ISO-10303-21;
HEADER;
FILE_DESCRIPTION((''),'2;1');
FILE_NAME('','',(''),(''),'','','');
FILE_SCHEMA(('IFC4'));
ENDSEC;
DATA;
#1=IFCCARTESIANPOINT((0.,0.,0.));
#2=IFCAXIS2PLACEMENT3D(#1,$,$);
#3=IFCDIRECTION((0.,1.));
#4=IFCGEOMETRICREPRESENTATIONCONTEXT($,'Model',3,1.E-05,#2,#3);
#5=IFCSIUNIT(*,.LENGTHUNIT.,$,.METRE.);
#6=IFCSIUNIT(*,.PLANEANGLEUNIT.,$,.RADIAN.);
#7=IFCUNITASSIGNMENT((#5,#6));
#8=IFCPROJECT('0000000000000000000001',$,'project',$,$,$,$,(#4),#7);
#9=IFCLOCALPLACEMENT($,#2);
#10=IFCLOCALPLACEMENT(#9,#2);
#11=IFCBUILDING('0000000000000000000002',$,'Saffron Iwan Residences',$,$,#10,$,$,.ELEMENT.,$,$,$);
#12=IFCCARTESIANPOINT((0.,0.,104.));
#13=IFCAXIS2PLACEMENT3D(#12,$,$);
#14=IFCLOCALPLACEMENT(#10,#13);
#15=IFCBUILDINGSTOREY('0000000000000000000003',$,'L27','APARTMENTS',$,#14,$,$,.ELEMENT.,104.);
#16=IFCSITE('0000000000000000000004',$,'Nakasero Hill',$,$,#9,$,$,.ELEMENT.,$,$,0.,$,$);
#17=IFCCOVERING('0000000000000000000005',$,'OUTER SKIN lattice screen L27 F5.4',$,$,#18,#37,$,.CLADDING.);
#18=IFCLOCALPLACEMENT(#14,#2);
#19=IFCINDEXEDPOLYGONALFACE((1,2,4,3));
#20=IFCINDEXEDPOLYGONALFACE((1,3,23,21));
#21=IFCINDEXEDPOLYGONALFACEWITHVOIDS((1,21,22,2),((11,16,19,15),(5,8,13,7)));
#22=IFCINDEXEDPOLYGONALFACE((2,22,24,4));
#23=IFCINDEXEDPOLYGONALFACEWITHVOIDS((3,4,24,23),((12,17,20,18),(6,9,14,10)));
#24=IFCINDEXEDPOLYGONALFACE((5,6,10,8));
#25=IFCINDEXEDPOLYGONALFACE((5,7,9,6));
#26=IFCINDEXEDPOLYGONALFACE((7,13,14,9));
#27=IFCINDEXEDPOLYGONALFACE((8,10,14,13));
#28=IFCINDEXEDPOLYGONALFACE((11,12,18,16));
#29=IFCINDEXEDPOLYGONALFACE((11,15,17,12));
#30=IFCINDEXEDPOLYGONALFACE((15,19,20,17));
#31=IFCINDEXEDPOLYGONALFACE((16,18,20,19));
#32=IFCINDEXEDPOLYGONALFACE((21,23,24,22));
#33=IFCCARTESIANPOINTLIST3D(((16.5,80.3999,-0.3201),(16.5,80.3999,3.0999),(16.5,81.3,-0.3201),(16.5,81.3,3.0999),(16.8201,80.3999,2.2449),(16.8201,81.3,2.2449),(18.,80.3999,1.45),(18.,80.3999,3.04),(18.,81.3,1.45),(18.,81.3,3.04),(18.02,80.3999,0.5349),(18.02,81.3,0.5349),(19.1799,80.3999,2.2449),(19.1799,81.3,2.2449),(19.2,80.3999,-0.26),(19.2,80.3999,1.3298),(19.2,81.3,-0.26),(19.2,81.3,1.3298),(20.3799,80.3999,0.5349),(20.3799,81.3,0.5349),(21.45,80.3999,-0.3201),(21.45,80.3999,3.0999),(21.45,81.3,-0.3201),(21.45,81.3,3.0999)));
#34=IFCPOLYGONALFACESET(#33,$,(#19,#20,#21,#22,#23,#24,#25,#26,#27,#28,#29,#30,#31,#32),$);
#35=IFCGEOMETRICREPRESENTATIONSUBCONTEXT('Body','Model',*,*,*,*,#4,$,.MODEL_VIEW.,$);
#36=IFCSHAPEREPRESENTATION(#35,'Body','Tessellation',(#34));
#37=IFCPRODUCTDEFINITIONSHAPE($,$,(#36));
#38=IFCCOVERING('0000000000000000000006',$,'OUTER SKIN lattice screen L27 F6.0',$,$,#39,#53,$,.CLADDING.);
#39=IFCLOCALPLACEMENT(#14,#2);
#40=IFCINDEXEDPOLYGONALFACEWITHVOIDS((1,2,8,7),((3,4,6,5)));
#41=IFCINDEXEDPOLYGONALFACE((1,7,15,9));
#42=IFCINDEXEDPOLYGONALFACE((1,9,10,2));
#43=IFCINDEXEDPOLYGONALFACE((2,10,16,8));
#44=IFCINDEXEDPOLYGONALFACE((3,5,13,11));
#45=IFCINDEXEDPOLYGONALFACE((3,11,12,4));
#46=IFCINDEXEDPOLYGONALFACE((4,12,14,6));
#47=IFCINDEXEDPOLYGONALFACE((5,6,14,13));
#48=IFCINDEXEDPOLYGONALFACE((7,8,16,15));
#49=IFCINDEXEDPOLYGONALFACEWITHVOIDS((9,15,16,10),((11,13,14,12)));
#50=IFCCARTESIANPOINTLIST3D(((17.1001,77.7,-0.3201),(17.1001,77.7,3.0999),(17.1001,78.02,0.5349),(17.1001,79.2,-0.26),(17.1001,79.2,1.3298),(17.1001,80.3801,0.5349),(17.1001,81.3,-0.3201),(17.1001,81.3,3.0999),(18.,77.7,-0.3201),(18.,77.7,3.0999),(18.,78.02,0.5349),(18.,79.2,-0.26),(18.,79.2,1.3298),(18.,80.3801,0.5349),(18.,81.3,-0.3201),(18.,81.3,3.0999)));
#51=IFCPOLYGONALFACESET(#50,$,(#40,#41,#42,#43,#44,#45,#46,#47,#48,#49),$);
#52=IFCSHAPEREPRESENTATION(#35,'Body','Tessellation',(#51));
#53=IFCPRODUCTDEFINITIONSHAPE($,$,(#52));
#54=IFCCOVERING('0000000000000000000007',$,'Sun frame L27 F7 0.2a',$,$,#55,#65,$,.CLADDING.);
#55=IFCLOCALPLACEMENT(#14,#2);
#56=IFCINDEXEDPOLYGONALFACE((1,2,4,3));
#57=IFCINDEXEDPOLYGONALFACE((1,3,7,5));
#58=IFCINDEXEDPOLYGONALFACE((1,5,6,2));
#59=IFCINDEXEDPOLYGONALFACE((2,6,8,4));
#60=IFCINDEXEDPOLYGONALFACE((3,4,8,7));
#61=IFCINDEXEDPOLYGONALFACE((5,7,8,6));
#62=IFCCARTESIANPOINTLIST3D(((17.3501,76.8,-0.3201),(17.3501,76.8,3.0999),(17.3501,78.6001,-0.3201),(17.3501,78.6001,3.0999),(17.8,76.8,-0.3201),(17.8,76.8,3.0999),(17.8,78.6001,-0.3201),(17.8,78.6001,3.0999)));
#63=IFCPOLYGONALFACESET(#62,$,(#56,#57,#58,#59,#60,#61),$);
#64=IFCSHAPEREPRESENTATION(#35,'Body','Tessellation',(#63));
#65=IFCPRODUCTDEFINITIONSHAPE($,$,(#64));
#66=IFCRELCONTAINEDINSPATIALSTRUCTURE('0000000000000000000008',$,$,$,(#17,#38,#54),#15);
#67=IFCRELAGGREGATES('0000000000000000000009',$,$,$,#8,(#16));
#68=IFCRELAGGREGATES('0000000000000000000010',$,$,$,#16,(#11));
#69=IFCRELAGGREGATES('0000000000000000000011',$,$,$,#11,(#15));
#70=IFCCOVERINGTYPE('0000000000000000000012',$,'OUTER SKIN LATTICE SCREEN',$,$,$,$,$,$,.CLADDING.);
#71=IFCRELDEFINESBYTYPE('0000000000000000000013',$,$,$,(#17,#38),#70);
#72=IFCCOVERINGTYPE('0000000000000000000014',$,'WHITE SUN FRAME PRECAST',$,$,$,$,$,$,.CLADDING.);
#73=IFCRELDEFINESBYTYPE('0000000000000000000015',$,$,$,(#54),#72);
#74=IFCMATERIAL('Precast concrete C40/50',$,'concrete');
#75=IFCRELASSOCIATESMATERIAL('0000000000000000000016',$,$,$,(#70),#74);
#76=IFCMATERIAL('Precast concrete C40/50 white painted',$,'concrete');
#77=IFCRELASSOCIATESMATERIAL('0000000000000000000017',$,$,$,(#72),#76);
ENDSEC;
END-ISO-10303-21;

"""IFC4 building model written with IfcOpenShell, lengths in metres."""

from ifc_helpers import new_model, si_unit, direction, frame, origin, place, context, subcontext, project, spatial, polyline, outline, extrude, material, type_object, element, save


model = new_model("IFC4")

# Units and contexts
model_context = context("Model", 3, precision=1e-05, world=origin(), true_north=direction((0.0, 1.0)))
body_context = subcontext(model_context, "Body", "Model", "MODEL_VIEW")
ifc_project = project(units=[si_unit("LENGTHUNIT", "METRE"), si_unit("PLANEANGLEUNIT", "RADIAN")], contexts=[model_context])

# Site, building, storey
site_placement = place(None, origin())
site = spatial("IfcSite", under=ifc_project, at=site_placement, Name="Nakasero Hill", CompositionType="ELEMENT", RefElevation=0.0)
building_placement = place(site_placement, origin())
building = spatial("IfcBuilding", under=site, at=building_placement, Name="Saffron Iwan Residences", CompositionType="ELEMENT")
storey_placement = place(building_placement, frame((0.0, 0.0, 104.0)))
storey = spatial("IfcBuildingStorey", under=building, at=storey_placement, Name="L27", Description="APARTMENTS", CompositionType="ELEMENT", Elevation=104.0)

# Coverings
ifc_material_1 = material(Name="Precast concrete C40/50", Category="concrete")
covering_type_1 = type_object("IfcCoveringType", Name="OUTER SKIN LATTICE SCREEN", PredefinedType="CLADDING", material=ifc_material_1)
covering_1_placement = place(storey_placement, frame((21.45, 80.3999, -0.3201), z_axis=(0.0, 1.0, 0.0), x_axis=(-1.0, 0.0, 0.0)))
element("IfcCovering", 1, at=covering_1_placement, inside=storey, type_object=covering_type_1, Name="OUTER SKIN lattice screen L27 F5.4", PredefinedType="CLADDING", context=body_context, shape_type="SweptSolid", body=[
    extrude(outline(polyline([(0.0, 0.0), (4.95, 0.0), (4.95, 3.4199), (0.0, 3.4199), (0.0, 0.0)]), holes=[polyline([(1.0701, 0.855), (2.25, 0.0601), (3.4299, 0.855), (2.25, 1.6499), (1.0701, 0.855)]), polyline([(2.27, 2.5649), (3.45, 1.77), (4.6299, 2.5649), (3.45, 3.3601), (2.27, 2.5649)])]), origin(), (0.0, 0.0, 1.0), 0.9001),
])
covering_2_placement = place(storey_placement, frame((18.0, 81.3, -0.3201), z_axis=(-1.0, 0.0, 0.0), x_axis=(0.0, -1.0, 0.0)))
element("IfcCovering", 2, at=covering_2_placement, inside=storey, type_object=covering_type_1, Name="OUTER SKIN lattice screen L27 F6.0", PredefinedType="CLADDING", context=body_context, shape_type="SweptSolid", body=[
    extrude(outline(polyline([(0.0, 0.0), (3.6001, 0.0), (3.6001, 3.4199), (0.0, 3.4199), (0.0, 0.0)]), holes=[polyline([(0.9199, 0.855), (2.1001, 0.0601), (3.28, 0.855), (2.1001, 1.6499), (0.9199, 0.855)])]), origin(), (0.0, 0.0, 1.0), 0.8999),
])
ifc_material_2 = material(Name="Precast concrete C40/50 white painted", Category="concrete")
covering_type_2 = type_object("IfcCoveringType", Name="WHITE SUN FRAME PRECAST", PredefinedType="CLADDING", material=ifc_material_2)
covering_3_placement = place(storey_placement, frame((17.8, 76.8, -0.3201), z_axis=(0.0, 1.0, 0.0), x_axis=(-1.0, 0.0, 0.0)))
element("IfcCovering", 3, at=covering_3_placement, inside=storey, type_object=covering_type_2, Name="Sun frame L27 F7 0.2a", PredefinedType="CLADDING", context=body_context, shape_type="SweptSolid", body=[
    extrude(outline(polyline([(0.0, 0.0), (0.45, 0.0), (0.45, 3.4199), (0.0, 3.4199), (0.0, 0.0)])), origin(), (0.0, 0.0, 1.0), 1.8),
])

save(model, "model.ifc")
